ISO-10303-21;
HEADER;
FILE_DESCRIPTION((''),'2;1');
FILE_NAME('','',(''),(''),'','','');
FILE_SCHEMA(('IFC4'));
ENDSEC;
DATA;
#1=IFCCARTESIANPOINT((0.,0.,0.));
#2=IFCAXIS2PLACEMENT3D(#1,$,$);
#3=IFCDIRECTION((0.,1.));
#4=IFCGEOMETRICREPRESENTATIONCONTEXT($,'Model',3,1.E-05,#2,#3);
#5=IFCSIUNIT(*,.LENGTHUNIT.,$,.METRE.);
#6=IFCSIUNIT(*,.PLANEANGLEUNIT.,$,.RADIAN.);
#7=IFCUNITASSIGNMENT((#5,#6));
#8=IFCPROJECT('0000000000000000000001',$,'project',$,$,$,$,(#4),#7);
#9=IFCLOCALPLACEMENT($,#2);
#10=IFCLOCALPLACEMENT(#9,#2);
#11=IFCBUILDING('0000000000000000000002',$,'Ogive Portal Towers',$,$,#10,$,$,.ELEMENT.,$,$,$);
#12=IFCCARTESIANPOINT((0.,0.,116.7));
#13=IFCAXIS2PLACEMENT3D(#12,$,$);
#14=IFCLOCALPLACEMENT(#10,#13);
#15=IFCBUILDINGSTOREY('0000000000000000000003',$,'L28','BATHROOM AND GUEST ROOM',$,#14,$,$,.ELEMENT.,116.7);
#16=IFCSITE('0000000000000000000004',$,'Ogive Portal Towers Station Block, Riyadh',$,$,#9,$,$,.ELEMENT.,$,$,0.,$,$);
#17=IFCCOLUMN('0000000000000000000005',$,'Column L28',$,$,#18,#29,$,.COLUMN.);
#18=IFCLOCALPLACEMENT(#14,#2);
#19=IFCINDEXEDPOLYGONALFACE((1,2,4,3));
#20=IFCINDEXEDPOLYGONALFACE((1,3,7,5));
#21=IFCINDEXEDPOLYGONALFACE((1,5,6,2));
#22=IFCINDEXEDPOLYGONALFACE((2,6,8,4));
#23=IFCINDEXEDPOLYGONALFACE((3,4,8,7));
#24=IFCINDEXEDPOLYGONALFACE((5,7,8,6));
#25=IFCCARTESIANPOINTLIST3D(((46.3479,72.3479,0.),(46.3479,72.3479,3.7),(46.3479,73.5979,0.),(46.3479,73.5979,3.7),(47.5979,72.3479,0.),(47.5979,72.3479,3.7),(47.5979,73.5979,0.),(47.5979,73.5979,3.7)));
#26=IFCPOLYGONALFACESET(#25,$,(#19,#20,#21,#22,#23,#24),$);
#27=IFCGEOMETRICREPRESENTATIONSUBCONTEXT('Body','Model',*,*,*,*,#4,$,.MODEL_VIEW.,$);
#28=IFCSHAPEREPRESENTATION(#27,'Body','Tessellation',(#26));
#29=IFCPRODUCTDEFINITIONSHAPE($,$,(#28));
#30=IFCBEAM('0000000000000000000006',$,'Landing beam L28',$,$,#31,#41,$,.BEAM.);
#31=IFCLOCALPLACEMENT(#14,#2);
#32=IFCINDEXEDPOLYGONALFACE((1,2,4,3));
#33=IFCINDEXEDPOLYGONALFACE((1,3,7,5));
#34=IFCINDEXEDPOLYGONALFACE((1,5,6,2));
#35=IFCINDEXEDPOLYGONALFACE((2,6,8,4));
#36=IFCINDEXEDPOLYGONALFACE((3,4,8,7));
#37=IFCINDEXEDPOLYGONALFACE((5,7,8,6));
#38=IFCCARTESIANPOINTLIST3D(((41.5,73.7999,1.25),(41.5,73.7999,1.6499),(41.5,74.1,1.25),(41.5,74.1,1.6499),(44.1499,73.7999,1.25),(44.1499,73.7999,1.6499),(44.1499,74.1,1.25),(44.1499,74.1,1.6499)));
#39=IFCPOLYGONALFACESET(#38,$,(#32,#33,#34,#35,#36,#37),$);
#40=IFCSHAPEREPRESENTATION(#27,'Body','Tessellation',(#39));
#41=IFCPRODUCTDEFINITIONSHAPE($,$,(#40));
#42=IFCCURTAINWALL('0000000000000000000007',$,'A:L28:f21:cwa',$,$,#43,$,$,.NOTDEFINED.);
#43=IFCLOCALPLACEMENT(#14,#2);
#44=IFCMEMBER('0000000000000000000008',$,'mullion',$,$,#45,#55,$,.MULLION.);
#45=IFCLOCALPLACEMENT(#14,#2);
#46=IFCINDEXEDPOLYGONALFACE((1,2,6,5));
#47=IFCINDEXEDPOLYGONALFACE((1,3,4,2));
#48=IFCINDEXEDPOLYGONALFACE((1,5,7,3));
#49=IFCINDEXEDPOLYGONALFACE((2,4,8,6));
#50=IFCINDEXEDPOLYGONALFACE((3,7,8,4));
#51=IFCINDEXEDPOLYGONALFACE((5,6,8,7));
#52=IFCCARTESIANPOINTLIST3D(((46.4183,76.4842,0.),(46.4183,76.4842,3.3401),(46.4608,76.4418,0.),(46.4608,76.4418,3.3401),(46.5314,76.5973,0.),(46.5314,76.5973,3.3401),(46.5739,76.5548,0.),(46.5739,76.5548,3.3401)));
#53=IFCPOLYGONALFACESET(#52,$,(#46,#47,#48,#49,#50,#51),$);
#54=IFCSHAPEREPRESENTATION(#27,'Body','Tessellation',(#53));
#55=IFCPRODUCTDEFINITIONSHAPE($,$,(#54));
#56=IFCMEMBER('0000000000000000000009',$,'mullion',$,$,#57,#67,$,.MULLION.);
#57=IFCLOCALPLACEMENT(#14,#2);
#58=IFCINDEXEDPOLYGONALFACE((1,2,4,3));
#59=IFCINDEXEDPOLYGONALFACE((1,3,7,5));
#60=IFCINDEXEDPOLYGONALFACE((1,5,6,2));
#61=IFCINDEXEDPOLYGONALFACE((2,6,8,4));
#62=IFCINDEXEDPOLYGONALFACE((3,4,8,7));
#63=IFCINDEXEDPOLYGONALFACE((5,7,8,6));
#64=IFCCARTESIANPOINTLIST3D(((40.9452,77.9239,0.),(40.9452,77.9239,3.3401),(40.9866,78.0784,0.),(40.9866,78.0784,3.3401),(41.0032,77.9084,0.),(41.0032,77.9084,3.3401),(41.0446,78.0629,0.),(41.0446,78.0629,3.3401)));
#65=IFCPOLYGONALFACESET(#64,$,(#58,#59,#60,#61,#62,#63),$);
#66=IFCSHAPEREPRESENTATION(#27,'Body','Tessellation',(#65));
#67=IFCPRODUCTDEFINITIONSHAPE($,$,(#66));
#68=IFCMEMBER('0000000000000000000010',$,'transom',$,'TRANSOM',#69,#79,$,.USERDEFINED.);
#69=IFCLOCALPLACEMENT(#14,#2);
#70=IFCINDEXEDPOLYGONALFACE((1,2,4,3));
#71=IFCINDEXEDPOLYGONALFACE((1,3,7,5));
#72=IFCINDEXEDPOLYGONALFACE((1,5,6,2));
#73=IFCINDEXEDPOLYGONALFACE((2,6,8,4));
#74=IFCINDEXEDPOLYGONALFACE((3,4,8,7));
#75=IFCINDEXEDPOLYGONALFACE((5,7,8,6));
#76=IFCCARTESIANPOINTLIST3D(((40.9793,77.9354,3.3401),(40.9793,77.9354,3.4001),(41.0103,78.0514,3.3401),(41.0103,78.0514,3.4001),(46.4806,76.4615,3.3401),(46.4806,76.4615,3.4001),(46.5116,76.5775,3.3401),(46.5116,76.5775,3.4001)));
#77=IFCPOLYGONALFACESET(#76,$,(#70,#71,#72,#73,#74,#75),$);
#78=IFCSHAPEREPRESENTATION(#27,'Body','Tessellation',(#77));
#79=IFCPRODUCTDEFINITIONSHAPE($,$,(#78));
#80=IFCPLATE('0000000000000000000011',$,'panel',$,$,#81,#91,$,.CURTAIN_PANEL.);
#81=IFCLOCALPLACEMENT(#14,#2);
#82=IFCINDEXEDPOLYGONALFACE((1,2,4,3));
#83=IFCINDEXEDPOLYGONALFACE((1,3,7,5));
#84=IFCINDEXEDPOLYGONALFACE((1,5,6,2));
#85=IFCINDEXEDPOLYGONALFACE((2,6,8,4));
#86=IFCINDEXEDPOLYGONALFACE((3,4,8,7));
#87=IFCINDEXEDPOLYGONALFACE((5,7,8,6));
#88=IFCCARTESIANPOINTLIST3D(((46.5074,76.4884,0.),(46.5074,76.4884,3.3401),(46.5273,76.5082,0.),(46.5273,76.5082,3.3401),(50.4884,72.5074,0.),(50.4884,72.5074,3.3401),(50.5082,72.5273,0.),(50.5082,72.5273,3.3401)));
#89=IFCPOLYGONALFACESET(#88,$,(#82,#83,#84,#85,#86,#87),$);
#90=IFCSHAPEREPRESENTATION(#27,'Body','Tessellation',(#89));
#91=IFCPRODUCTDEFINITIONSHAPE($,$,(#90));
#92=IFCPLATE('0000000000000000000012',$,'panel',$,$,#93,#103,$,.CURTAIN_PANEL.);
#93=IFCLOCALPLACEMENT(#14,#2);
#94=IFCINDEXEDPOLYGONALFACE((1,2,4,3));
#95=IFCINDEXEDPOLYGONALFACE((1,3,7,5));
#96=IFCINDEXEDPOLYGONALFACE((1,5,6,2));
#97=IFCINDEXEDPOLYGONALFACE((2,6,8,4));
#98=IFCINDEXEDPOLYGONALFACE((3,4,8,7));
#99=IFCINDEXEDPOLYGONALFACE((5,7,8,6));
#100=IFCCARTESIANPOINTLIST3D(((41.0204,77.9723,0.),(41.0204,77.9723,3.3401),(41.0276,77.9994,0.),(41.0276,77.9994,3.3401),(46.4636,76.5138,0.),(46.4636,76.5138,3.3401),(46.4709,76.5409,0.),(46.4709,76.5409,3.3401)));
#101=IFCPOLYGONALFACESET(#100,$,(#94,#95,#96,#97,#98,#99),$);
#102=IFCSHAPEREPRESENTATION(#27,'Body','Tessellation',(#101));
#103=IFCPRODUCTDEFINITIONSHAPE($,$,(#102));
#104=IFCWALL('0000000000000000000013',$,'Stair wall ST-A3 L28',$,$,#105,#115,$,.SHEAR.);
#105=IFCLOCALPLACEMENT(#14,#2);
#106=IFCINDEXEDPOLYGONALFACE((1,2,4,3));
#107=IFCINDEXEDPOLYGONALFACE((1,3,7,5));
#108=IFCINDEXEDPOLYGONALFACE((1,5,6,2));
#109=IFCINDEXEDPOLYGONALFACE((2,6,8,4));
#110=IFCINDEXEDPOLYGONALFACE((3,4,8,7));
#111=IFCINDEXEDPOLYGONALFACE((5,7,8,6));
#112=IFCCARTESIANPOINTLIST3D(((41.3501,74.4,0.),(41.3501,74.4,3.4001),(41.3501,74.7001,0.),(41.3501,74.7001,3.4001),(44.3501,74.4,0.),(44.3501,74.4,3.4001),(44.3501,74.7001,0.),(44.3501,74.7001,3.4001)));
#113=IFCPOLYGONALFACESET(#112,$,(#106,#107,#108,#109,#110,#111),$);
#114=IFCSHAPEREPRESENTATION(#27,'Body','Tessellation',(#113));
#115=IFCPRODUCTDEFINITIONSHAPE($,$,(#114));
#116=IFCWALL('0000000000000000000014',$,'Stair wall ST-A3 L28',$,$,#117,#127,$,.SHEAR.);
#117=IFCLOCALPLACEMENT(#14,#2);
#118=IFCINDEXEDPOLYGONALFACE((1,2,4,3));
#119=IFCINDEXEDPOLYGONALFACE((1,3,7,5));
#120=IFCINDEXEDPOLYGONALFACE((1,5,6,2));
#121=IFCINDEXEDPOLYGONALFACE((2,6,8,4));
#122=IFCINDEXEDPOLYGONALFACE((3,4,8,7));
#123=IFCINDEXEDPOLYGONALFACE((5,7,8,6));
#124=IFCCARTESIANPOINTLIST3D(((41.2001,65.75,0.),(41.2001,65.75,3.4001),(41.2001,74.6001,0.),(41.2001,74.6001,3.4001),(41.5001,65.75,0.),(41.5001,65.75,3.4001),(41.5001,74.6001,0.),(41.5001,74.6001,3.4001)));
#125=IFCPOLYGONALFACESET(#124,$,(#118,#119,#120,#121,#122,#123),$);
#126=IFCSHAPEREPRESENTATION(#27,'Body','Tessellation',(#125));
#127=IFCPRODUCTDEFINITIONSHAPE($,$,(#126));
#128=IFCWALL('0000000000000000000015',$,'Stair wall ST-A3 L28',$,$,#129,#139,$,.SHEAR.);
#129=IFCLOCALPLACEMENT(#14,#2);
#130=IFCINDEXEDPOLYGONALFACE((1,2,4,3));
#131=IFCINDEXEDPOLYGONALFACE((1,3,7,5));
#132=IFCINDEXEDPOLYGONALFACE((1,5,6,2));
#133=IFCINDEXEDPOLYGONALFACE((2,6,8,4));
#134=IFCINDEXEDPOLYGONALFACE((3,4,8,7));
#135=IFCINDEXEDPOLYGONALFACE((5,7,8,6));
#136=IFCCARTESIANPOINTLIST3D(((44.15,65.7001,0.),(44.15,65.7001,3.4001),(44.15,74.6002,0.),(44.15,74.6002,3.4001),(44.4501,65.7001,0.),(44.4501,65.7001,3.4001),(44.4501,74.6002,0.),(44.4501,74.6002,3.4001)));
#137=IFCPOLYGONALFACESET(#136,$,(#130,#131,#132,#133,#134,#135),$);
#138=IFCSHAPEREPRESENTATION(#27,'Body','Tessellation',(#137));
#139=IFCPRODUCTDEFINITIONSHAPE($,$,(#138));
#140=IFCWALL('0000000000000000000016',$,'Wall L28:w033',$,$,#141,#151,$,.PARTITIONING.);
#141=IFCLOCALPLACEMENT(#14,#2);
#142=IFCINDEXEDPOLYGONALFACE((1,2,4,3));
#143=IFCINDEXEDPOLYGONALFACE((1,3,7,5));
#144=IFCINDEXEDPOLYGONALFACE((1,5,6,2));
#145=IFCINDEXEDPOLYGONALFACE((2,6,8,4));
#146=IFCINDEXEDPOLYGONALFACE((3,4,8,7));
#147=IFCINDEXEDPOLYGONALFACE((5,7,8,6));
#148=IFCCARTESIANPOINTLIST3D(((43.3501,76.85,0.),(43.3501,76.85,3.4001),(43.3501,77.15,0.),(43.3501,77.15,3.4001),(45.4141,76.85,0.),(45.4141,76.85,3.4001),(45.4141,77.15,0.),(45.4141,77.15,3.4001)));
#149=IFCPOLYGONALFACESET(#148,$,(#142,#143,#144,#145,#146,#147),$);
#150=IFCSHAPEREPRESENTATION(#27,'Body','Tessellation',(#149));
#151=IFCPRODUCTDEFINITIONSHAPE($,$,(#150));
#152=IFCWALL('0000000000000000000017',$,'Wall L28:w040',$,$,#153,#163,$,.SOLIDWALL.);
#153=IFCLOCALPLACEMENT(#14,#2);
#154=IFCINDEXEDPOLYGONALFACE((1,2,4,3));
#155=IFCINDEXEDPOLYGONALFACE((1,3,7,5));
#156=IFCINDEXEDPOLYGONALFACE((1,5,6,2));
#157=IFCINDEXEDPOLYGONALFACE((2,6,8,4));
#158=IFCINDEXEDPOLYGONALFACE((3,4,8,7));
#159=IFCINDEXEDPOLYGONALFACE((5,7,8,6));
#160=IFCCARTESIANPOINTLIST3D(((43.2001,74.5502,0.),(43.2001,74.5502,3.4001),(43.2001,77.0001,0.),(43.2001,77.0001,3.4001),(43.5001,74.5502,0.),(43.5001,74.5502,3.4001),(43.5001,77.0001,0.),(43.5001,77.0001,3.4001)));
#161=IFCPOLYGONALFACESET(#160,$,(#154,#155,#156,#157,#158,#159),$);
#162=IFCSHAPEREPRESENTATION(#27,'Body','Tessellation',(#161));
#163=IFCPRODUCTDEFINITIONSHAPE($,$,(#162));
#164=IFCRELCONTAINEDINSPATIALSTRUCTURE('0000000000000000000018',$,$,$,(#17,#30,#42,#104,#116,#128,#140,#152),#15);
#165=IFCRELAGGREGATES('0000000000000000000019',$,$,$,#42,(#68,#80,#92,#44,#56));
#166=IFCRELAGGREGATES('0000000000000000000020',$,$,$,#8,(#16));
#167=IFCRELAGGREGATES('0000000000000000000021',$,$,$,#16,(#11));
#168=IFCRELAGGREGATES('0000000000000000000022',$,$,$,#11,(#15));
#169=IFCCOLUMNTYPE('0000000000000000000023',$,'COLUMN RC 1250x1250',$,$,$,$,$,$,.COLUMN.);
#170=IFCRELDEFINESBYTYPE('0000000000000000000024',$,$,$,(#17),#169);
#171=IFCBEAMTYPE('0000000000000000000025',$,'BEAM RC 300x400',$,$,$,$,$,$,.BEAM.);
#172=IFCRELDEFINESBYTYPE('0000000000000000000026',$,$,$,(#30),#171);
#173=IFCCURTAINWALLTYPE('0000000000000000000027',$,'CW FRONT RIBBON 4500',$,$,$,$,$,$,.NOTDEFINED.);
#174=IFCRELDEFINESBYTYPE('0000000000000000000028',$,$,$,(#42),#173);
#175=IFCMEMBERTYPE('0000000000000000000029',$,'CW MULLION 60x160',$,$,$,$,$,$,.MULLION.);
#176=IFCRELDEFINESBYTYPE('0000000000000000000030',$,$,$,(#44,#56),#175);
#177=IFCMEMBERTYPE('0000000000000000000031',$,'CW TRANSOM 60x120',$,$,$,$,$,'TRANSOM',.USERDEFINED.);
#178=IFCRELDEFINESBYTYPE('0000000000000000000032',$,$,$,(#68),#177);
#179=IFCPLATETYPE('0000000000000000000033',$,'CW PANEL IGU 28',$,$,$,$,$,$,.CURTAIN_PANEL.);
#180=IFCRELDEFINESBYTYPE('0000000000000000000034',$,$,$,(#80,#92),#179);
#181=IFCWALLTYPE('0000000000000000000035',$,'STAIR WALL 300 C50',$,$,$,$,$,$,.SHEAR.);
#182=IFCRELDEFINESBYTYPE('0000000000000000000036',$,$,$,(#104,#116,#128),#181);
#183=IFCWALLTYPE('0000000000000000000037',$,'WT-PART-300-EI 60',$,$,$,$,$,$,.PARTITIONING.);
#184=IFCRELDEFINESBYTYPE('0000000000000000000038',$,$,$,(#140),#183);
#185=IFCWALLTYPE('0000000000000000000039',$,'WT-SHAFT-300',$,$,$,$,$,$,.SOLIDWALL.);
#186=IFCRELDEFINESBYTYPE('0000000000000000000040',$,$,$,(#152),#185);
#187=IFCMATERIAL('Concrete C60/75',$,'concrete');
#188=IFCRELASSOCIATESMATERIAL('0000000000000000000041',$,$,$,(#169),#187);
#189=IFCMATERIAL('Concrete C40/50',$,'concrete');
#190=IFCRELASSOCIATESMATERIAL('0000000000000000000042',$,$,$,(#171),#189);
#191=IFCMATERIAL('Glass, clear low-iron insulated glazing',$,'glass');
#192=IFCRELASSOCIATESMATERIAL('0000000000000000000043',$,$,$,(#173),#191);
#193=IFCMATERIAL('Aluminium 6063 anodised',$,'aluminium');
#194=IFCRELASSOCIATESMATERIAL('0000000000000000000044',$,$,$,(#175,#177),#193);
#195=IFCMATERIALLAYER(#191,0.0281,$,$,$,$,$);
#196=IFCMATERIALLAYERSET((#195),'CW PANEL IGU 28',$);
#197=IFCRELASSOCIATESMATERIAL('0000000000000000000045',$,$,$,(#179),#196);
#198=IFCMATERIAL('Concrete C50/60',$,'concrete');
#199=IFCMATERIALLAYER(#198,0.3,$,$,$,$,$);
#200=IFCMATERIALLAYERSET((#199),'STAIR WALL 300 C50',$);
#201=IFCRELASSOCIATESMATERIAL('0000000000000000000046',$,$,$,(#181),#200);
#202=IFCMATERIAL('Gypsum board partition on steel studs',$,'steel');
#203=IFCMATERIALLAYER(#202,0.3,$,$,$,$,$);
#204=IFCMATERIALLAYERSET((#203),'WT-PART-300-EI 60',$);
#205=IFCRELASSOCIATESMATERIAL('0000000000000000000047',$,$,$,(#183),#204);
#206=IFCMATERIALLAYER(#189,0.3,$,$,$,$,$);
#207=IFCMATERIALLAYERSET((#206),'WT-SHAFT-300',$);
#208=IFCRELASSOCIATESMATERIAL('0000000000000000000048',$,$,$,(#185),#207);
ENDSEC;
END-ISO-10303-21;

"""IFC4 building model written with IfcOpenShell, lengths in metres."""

from ifc_helpers import new_model, si_unit, direction, frame, frame_2d, origin, origin_2d, place, context, subcontext, project, spatial, rectangle, extrude, material, layer, layer_set, material_profile, profile_set, type_object, element, aggregate, save


model = new_model("IFC4")

# Units and contexts
model_context = context("Model", 3, precision=1e-05, world=origin(), true_north=direction((0.0, 1.0)))
body_context = subcontext(model_context, "Body", "Model", "MODEL_VIEW")
ifc_project = project(units=[si_unit("LENGTHUNIT", "METRE"), si_unit("PLANEANGLEUNIT", "RADIAN")], contexts=[model_context])

# Site, building, storey
site_placement = place(None, origin())
site = spatial("IfcSite", under=ifc_project, at=site_placement, Name="Ogive Portal Towers Station Block, Riyadh", CompositionType="ELEMENT", RefElevation=0.0)
building_placement = place(site_placement, origin())
building = spatial("IfcBuilding", under=site, at=building_placement, Name="Ogive Portal Towers", CompositionType="ELEMENT")
storey_placement = place(building_placement, frame((0.0, 0.0, 116.7)))
storey = spatial("IfcBuildingStorey", under=building, at=storey_placement, Name="L28", Description="BATHROOM AND GUEST ROOM", CompositionType="ELEMENT", Elevation=116.7)

# Column
ifc_material_1 = material(Name="Concrete C60/75", Category="concrete")
ifc_material_profile_1 = material_profile(ifc_material_1, rectangle(XDim=1.25, YDim=1.25, at=origin_2d()), Name="RC 1250x1250")
ifc_profile_set_1 = profile_set([ifc_material_profile_1], Name="Concrete C60/75")
column_type = type_object("IfcColumnType", Name="COLUMN RC 1250x1250", PredefinedType="COLUMN", material=ifc_profile_set_1)
column_placement = place(storey_placement, frame((46.9729, 72.9729, 0.0), z_axis=(0.0, 0.0, 1.0), x_axis=(1.0, 0.0, 0.0)))
element("IfcColumn", 1, at=column_placement, inside=storey, type_object=column_type, Name="Column L28", PredefinedType="COLUMN", context=body_context, shape_type="SweptSolid", body=[
    extrude(rectangle(XDim=1.25, YDim=1.25, at=origin_2d()), origin(), (0.0, 0.0, 1.0), 3.7),
])

# Beam
ifc_material_2 = material(Name="Concrete C40/50", Category="concrete")
ifc_material_profile_2 = material_profile(ifc_material_2, rectangle(XDim=0.3, YDim=0.3999, at=origin_2d()), Name="RC 300x400")
ifc_profile_set_2 = profile_set([ifc_material_profile_2], Name="Concrete C40/50")
beam_type = type_object("IfcBeamType", Name="BEAM RC 300x400", PredefinedType="BEAM", material=ifc_profile_set_2)
beam_placement = place(storey_placement, frame((41.5, 73.95, 1.45), z_axis=(1.0, 0.0, 0.0), x_axis=(0.0, 1.0, 0.0)))
element("IfcBeam", 2, at=beam_placement, inside=storey, type_object=beam_type, Name="Landing beam L28", PredefinedType="BEAM", context=body_context, shape_type="SweptSolid", body=[
    extrude(rectangle(XDim=0.3, YDim=0.3999, at=origin_2d()), origin(), (0.0, 0.0, 1.0), 2.6499),
])

# Curtain wall, members, plates
ifc_material_3 = material(Name="Glass, clear low-iron insulated glazing", Category="glass")
curtain_wall_type = type_object("IfcCurtainWallType", Name="CW FRONT RIBBON 4500", PredefinedType="NOTDEFINED", material=ifc_material_3)
curtain_wall_placement = place(storey_placement, origin())
curtain_wall = element("IfcCurtainWall", 3, at=curtain_wall_placement, inside=storey, type_object=curtain_wall_type, Name="A:L28:f21:cwa", PredefinedType="NOTDEFINED")
ifc_material_4 = material(Name="Aluminium 6063 anodised", Category="aluminium")
ifc_material_profile_3 = material_profile(ifc_material_4, rectangle(XDim=0.1599, YDim=0.0601, at=origin_2d()), Name="AL 60x160")
ifc_profile_set_3 = profile_set([ifc_material_profile_3], Name="Aluminium 6063 anodised")
member_type_1 = type_object("IfcMemberType", Name="CW MULLION 60x160", PredefinedType="MULLION", material=ifc_profile_set_3)
member_1_placement = place(storey_placement, frame((46.4961, 76.5195, 0.0), z_axis=(0.0, 0.0, 1.0), x_axis=(-0.707107, -0.707107, 0.0)))
member_1 = element("IfcMember", 4, at=member_1_placement, type_object=member_type_1, Name="mullion", PredefinedType="MULLION", context=body_context, shape_type="SweptSolid", body=[
    extrude(rectangle(XDim=0.1599, YDim=0.0601, at=origin_2d()), origin(), (0.0, 0.0, 1.0), 3.3401),
])
member_2_placement = place(storey_placement, frame((40.9949, 77.9934, 0.0), z_axis=(0.0, 0.0, 1.0), x_axis=(-0.258819, -0.965926, 0.0)))
member_2 = element("IfcMember", 5, at=member_2_placement, type_object=member_type_1, Name="mullion", PredefinedType="MULLION", context=body_context, shape_type="SweptSolid", body=[
    extrude(rectangle(XDim=0.1599, YDim=0.0601, at=origin_2d()), origin(), (0.0, 0.0, 1.0), 3.3401),
])
ifc_material_profile_4 = material_profile(ifc_material_4, rectangle(XDim=0.1201, YDim=0.0601, at=origin_2d()), Name="AL 120x60")
ifc_profile_set_4 = profile_set([ifc_material_profile_4], Name="Aluminium 6063 anodised")
member_type_2 = type_object("IfcMemberType", Name="CW TRANSOM 60x120", ElementType="TRANSOM", PredefinedType="USERDEFINED", material=ifc_profile_set_4)
member_3_placement = place(storey_placement, frame((46.4961, 76.5195, 3.3701), z_axis=(-0.965933, 0.258791, 0.0), x_axis=(-0.258791, -0.965933, 0.0)))
member_3 = element("IfcMember", 6, at=member_3_placement, type_object=member_type_2, Name="transom", ObjectType="TRANSOM", PredefinedType="USERDEFINED", context=body_context, shape_type="SweptSolid", body=[
    extrude(rectangle(XDim=0.1201, YDim=0.0601, at=origin_2d()), origin(), (0.0, 0.0, 1.0), 5.6953),
])
ifc_layer_1 = layer(ifc_material_3, 0.0281)
ifc_layer_set_1 = layer_set([ifc_layer_1], Name="CW PANEL IGU 28")
plate_type = type_object("IfcPlateType", Name="CW PANEL IGU 28", PredefinedType="CURTAIN_PANEL", material=ifc_layer_set_1)
plate_1_placement = place(storey_placement, frame((48.5078, 74.5078, 0.0), z_axis=(0.0, 0.0, 1.0), x_axis=(-0.707107, 0.707107, 0.0)))
plate_1 = element("IfcPlate", 7, at=plate_1_placement, type_object=plate_type, Name="panel", PredefinedType="CURTAIN_PANEL", context=body_context, shape_type="SweptSolid", body=[
    extrude(rectangle(XDim=5.6299, YDim=0.0281, at=origin_2d()), origin(), (0.0, 0.0, 1.0), 3.3401),
])
plate_2_placement = place(storey_placement, frame((43.7456, 77.2566, 0.0), z_axis=(0.0, 0.0, 1.0), x_axis=(-0.965926, 0.258819, 0.0)))
plate_2 = element("IfcPlate", 8, at=plate_2_placement, type_object=plate_type, Name="panel", PredefinedType="CURTAIN_PANEL", context=body_context, shape_type="SweptSolid", body=[
    extrude(rectangle(XDim=5.6353, YDim=0.0281, at=origin_2d()), origin(), (0.0, 0.0, 1.0), 3.3401),
])
aggregate(curtain_wall, [member_3, plate_1, plate_2, member_1, member_2])

# Walls
ifc_material_5 = material(Name="Concrete C50/60", Category="concrete")
ifc_layer_2 = layer(ifc_material_5, 0.3)
ifc_layer_set_2 = layer_set([ifc_layer_2], Name="STAIR WALL 300 C50")
wall_type_1 = type_object("IfcWallType", Name="STAIR WALL 300 C50", PredefinedType="SHEAR", material=ifc_layer_set_2)
wall_1_placement = place(storey_placement, frame((41.3501, 74.55, 0.0), z_axis=(0.0, 0.0, 1.0), x_axis=(1.0, 0.0, 0.0)))
element("IfcWall", 9, at=wall_1_placement, inside=storey, type_object=wall_type_1, Name="Stair wall ST-A3 L28", PredefinedType="SHEAR", context=body_context, shape_type="SweptSolid", body=[
    extrude(rectangle(XDim=3.0, YDim=0.3, at=frame_2d((1.5, 0.0))), origin(), (0.0, 0.0, 1.0), 3.4001),
])
wall_2_placement = place(storey_placement, frame((41.3501, 65.75, 0.0), z_axis=(0.0, 0.0, 1.0), x_axis=(0.0, 1.0, 0.0)))
element("IfcWall", 10, at=wall_2_placement, inside=storey, type_object=wall_type_1, Name="Stair wall ST-A3 L28", PredefinedType="SHEAR", context=body_context, shape_type="SweptSolid", body=[
    extrude(rectangle(XDim=8.8501, YDim=0.3, at=frame_2d((4.425, 0.0))), origin(), (0.0, 0.0, 1.0), 3.4001),
])
wall_3_placement = place(storey_placement, frame((44.3, 65.7, 0.0), z_axis=(0.0, 0.0, 1.0), x_axis=(0.0, 1.0, 0.0)))
element("IfcWall", 11, at=wall_3_placement, inside=storey, type_object=wall_type_1, Name="Stair wall ST-A3 L28", PredefinedType="SHEAR", context=body_context, shape_type="SweptSolid", body=[
    extrude(rectangle(XDim=8.9001, YDim=0.3, at=frame_2d((4.4502, 0.0))), origin(), (0.0, 0.0, 1.0), 3.4001),
])
ifc_material_6 = material(Name="Gypsum board partition on steel studs", Category="steel")
ifc_layer_3 = layer(ifc_material_6, 0.3)
ifc_layer_set_3 = layer_set([ifc_layer_3], Name="WT-PART-300-EI 60")
wall_type_2 = type_object("IfcWallType", Name="WT-PART-300-EI 60", PredefinedType="PARTITIONING", material=ifc_layer_set_3)
wall_4_placement = place(storey_placement, frame((43.3501, 77.0, 0.0), z_axis=(0.0, 0.0, 1.0), x_axis=(1.0, 0.0, 0.0)))
element("IfcWall", 12, at=wall_4_placement, inside=storey, type_object=wall_type_2, Name="Wall L28:w033", PredefinedType="PARTITIONING", context=body_context, shape_type="SweptSolid", body=[
    extrude(rectangle(XDim=2.064, YDim=0.3, at=frame_2d((1.032, 0.0))), origin(), (0.0, 0.0, 1.0), 3.4001),
])
ifc_layer_4 = layer(ifc_material_2, 0.3)
ifc_layer_set_4 = layer_set([ifc_layer_4], Name="WT-SHAFT-300")
wall_type_3 = type_object("IfcWallType", Name="WT-SHAFT-300", PredefinedType="SOLIDWALL", material=ifc_layer_set_4)
wall_5_placement = place(storey_placement, frame((43.3501, 74.55, 0.0), z_axis=(0.0, 0.0, 1.0), x_axis=(0.0, 1.0, 0.0)))
element("IfcWall", 13, at=wall_5_placement, inside=storey, type_object=wall_type_3, Name="Wall L28:w040", PredefinedType="SOLIDWALL", context=body_context, shape_type="SweptSolid", body=[
    extrude(rectangle(XDim=2.45, YDim=0.3, at=frame_2d((1.2251, 0.0))), origin(), (0.0, 0.0, 1.0), 3.4001),
])

save(model, "model.ifc")
